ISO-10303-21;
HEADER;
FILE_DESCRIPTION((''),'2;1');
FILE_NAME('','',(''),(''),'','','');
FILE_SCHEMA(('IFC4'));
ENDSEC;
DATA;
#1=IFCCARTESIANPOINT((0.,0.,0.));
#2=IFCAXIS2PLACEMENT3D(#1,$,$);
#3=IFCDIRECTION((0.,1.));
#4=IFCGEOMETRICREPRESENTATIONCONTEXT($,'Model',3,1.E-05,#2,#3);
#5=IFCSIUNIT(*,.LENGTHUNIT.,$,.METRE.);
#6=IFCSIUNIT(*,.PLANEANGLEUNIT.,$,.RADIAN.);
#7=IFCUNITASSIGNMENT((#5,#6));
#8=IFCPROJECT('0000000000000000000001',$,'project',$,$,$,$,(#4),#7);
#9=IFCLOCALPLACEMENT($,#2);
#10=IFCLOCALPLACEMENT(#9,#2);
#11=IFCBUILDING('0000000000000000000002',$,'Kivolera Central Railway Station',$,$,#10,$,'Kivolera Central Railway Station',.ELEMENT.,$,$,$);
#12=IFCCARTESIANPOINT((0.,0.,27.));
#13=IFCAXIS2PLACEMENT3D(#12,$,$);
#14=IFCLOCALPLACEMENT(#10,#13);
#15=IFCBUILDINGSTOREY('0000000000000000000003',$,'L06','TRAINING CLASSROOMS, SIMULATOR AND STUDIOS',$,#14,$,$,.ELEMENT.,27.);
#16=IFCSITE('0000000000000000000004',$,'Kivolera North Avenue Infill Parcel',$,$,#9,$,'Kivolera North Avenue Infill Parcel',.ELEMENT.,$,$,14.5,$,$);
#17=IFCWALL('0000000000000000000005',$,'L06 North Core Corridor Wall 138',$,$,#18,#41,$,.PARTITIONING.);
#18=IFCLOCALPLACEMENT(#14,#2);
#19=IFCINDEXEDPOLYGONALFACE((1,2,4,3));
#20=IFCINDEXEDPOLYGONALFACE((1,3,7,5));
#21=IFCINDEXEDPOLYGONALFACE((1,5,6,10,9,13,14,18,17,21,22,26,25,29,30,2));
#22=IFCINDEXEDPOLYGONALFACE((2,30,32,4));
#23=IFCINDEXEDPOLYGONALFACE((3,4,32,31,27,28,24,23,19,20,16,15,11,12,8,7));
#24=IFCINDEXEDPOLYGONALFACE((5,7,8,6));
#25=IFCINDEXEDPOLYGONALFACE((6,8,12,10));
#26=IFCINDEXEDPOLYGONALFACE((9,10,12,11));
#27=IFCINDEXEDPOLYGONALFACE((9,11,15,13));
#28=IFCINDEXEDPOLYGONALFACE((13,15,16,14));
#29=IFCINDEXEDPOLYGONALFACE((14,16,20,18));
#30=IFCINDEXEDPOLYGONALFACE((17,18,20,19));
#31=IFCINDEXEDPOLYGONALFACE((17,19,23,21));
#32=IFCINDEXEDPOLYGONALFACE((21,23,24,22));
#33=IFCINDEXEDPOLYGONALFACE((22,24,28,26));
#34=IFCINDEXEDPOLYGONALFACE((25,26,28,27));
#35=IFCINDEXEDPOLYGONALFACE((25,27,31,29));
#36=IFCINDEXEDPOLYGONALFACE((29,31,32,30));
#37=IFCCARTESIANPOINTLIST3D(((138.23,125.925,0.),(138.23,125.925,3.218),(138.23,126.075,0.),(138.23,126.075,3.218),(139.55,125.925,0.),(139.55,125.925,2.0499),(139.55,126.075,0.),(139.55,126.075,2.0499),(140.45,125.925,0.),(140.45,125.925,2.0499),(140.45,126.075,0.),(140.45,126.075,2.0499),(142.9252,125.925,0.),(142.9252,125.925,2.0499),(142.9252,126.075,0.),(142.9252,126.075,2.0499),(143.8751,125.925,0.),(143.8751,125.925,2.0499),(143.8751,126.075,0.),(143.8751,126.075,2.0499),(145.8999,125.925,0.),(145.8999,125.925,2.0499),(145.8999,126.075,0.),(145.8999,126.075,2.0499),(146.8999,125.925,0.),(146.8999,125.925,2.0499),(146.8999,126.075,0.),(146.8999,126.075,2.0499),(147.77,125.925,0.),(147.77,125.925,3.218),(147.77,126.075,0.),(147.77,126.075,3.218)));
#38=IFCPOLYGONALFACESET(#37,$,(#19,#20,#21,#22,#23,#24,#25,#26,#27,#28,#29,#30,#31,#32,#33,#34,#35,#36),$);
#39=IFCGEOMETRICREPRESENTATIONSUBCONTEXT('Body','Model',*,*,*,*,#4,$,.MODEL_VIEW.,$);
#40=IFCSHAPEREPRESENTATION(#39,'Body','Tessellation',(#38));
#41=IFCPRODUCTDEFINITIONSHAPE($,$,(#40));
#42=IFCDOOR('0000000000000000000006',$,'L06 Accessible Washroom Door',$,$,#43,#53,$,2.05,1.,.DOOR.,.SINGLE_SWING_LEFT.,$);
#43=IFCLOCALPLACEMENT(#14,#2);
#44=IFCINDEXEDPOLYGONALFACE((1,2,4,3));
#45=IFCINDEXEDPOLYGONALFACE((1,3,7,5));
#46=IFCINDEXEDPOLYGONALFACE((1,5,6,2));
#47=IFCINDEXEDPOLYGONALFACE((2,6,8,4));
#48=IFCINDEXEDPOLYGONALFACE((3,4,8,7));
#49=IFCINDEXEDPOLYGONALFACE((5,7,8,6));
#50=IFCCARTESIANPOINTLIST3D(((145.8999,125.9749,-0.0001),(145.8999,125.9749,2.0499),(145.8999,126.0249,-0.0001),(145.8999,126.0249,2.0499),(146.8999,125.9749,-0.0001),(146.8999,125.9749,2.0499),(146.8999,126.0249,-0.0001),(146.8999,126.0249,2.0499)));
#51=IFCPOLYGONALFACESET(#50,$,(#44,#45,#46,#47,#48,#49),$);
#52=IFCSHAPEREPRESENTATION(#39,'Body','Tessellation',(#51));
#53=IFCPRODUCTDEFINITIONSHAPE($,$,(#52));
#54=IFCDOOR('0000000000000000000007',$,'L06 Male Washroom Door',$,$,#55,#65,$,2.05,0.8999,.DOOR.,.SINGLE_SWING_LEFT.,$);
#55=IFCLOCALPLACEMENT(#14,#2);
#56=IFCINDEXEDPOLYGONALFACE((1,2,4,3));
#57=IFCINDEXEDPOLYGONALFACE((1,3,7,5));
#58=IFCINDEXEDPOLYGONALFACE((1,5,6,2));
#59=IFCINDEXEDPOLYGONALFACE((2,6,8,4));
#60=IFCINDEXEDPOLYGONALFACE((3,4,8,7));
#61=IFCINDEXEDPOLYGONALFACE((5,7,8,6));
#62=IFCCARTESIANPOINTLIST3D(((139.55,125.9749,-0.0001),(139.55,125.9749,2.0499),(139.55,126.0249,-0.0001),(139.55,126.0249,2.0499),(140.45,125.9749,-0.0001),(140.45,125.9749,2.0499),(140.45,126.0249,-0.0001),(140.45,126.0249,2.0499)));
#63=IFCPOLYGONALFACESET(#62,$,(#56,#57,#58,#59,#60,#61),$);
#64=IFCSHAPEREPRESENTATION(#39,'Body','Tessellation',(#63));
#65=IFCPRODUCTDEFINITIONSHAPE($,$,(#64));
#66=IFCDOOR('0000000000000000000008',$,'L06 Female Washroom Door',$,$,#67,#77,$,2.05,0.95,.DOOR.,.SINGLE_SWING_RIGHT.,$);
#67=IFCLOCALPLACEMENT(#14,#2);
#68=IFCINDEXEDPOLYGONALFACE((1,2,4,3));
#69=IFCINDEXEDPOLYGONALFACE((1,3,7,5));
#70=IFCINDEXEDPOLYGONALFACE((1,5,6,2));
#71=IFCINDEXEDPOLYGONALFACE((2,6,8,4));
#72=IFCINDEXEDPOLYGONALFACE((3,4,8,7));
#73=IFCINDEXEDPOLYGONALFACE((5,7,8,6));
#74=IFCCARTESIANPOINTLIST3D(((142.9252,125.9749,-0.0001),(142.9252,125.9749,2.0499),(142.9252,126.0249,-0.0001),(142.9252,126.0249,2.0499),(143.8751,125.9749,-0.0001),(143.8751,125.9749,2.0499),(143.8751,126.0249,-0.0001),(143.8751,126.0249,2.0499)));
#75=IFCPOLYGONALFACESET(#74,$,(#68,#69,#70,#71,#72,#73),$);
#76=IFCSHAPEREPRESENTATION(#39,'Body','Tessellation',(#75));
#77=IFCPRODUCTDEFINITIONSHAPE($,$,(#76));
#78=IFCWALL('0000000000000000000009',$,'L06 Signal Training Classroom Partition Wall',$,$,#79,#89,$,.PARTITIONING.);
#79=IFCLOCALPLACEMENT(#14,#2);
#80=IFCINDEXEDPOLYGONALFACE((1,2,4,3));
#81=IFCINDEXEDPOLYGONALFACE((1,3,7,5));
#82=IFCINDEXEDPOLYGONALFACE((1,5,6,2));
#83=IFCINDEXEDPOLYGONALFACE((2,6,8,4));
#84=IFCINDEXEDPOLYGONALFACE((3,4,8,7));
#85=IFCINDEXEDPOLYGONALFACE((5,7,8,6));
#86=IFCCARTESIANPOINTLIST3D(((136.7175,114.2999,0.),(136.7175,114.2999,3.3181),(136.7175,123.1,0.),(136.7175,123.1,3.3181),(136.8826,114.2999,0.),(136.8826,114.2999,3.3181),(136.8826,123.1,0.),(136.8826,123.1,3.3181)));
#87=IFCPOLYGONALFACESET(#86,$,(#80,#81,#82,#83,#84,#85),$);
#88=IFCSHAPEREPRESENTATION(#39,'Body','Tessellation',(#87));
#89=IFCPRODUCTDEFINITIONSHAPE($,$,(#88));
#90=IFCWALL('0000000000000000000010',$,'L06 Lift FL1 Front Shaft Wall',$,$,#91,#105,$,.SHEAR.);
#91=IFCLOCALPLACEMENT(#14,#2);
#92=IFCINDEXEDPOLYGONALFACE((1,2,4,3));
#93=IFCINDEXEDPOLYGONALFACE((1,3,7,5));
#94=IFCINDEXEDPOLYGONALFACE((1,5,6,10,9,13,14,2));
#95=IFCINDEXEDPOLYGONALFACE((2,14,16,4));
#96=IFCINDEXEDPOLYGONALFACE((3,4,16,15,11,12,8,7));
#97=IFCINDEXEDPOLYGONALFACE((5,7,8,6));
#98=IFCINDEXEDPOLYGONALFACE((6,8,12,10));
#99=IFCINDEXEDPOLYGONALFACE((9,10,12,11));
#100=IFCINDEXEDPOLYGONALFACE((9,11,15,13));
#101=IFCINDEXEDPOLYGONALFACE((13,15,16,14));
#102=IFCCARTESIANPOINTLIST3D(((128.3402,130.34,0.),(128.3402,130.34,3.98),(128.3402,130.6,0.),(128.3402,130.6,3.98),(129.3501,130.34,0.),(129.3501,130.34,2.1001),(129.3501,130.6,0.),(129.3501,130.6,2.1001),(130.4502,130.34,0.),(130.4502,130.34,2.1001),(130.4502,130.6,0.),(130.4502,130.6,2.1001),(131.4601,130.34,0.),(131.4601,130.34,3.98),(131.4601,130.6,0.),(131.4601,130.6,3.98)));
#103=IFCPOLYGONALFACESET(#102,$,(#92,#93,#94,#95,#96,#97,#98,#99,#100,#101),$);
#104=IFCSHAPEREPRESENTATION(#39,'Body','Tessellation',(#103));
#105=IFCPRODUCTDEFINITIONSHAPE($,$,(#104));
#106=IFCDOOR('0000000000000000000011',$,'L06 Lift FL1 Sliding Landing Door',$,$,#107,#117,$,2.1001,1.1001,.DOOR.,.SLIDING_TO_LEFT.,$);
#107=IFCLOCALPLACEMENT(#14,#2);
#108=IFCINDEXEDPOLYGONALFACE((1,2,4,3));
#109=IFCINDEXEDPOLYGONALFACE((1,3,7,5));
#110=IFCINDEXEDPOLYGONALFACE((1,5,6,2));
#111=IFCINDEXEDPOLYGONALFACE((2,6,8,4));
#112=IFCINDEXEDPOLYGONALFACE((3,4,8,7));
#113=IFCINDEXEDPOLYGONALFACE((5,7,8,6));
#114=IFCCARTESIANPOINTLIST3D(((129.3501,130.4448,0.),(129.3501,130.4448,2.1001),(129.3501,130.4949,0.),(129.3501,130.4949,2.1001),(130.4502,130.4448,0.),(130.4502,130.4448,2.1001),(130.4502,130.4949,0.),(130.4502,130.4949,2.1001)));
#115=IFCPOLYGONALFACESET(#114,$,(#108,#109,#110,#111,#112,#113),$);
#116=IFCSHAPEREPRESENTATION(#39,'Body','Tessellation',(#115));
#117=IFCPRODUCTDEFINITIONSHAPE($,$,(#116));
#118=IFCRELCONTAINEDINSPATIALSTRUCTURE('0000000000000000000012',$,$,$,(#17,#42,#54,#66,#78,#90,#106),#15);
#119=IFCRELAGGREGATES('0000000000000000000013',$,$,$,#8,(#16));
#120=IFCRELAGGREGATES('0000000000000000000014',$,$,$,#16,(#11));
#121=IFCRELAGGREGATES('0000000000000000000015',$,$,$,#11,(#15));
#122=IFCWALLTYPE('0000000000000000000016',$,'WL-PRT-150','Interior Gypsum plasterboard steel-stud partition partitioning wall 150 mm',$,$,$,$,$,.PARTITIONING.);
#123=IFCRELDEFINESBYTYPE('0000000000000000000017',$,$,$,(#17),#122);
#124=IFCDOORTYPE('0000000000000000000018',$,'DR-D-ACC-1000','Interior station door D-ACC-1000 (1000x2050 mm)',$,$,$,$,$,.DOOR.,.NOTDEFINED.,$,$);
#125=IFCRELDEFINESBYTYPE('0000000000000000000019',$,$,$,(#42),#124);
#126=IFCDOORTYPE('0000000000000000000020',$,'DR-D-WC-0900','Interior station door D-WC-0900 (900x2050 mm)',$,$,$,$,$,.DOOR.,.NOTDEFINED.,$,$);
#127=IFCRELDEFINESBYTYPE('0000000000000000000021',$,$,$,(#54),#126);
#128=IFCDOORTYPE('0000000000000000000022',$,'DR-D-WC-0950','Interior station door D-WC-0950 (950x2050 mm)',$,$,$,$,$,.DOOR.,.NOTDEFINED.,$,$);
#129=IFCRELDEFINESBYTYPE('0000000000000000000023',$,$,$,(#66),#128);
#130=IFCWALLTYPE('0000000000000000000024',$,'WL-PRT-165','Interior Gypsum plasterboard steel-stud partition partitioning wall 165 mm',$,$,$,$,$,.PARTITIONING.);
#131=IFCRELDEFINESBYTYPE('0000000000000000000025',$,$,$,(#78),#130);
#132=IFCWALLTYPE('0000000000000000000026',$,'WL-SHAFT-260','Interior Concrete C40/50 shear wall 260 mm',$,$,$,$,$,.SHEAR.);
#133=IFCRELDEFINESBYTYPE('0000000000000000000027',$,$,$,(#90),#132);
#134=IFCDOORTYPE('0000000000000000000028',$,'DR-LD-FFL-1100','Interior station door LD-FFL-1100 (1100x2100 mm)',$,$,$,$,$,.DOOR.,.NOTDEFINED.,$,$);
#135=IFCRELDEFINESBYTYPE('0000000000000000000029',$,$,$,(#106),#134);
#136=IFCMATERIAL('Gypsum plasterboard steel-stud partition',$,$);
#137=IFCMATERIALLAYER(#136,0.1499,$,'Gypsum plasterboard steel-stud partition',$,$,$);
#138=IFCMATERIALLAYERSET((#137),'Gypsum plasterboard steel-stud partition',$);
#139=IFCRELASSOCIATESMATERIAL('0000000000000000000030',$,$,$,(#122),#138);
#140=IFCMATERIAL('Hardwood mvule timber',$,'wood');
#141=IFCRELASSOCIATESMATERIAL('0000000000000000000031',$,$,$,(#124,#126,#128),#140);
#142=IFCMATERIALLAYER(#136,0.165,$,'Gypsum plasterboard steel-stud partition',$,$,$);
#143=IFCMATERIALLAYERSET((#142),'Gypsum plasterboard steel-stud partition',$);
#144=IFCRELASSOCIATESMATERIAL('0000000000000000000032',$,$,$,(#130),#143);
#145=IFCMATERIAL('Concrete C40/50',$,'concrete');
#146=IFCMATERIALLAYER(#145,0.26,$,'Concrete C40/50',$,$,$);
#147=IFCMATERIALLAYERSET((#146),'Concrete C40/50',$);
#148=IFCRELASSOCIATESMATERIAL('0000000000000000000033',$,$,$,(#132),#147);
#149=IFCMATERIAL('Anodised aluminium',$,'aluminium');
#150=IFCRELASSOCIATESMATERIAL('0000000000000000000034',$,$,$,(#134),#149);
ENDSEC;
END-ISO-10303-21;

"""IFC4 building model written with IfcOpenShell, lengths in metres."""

from ifc_helpers import new_model, si_unit, direction, frame, frame_2d, origin, place, context, subcontext, project, spatial, rectangle, extrude, material, layer, layer_set, type_object, element, fill, save


model = new_model("IFC4")

# Units and contexts
model_context = context("Model", 3, precision=1e-05, world=origin(), true_north=direction((0.0, 1.0)))
body_context = subcontext(model_context, "Body", "Model", "MODEL_VIEW")
ifc_project = project(units=[si_unit("LENGTHUNIT", "METRE"), si_unit("PLANEANGLEUNIT", "RADIAN")], contexts=[model_context])

# Site, building, storey
site_placement = place(None, origin())
site = spatial("IfcSite", under=ifc_project, at=site_placement, Name="Kivolera North Avenue Infill Parcel", LongName="Kivolera North Avenue Infill Parcel", CompositionType="ELEMENT", RefElevation=14.5)
building_placement = place(site_placement, origin())
building = spatial("IfcBuilding", under=site, at=building_placement, Name="Kivolera Central Railway Station", LongName="Kivolera Central Railway Station", CompositionType="ELEMENT")
storey_placement = place(building_placement, frame((0.0, 0.0, 27.0)))
storey = spatial("IfcBuildingStorey", under=building, at=storey_placement, Name="L06", Description="TRAINING CLASSROOMS, SIMULATOR AND STUDIOS", CompositionType="ELEMENT", Elevation=27.0)

# Shared definitions
ifc_material_1 = material(Name="Concrete C40/50", Category="concrete")

# Shared definitions
ifc_material_2 = material(Name="Anodised aluminium", Category="aluminium")

# Shared definitions
ifc_material_3 = material(Name="Hardwood mvule timber", Category="wood")

# Wall, openings, doors
ifc_material_4 = material(Name="Gypsum plasterboard steel-stud partition")
ifc_layer_1 = layer(ifc_material_4, 0.1499, Name="Gypsum plasterboard steel-stud partition")
ifc_layer_set_1 = layer_set([ifc_layer_1], Name="Gypsum plasterboard steel-stud partition")
wall_type_1 = type_object("IfcWallType", Name="WL-PRT-150", Description="Interior Gypsum plasterboard steel-stud partition partitioning wall 150 mm", PredefinedType="PARTITIONING", material=ifc_layer_set_1)
wall_1_placement = place(storey_placement, frame((138.23, 126.0, 0.0), z_axis=(0.0, 0.0, 1.0), x_axis=(1.0, 0.0, 0.0)))
wall_1 = element("IfcWall", 1, at=wall_1_placement, inside=storey, type_object=wall_type_1, Name="L06 North Core Corridor Wall 138", PredefinedType="PARTITIONING", context=body_context, shape_type="SweptSolid", body=[
    extrude(rectangle(XDim=9.54, YDim=0.1499, at=frame_2d((4.77, 0.0))), origin(), (0.0, 0.0, 1.0), 3.218),
])
opening_1_placement = place(wall_1_placement, frame((1.3201, 0.0, 0.0)))
opening_1 = element("IfcOpeningElement", 2, at=opening_1_placement, cuts=wall_1, PredefinedType="OPENING", context=body_context, shape_type="SweptSolid", body=[
    extrude(rectangle(XDim=0.8999, YDim=2.05, at=frame_2d((0.45, 1.0249))), frame((0.0, 0.085, 0.0), z_axis=(0.0, -1.0, 0.0), x_axis=(1.0, 0.0, 0.0)), (0.0, 0.0, 1.0), 0.1699),
])
opening_2_placement = place(wall_1_placement, frame((4.6951, 0.0, 0.0)))
opening_2 = element("IfcOpeningElement", 3, at=opening_2_placement, cuts=wall_1, PredefinedType="OPENING", context=body_context, shape_type="SweptSolid", body=[
    extrude(rectangle(XDim=0.95, YDim=2.05, at=frame_2d((0.4751, 1.0249))), frame((0.0, 0.085, 0.0), z_axis=(0.0, -1.0, 0.0), x_axis=(1.0, 0.0, 0.0)), (0.0, 0.0, 1.0), 0.1699),
])
opening_3_placement = place(wall_1_placement, frame((7.6699, 0.0, 0.0)))
opening_3 = element("IfcOpeningElement", 4, at=opening_3_placement, cuts=wall_1, PredefinedType="OPENING", context=body_context, shape_type="SweptSolid", body=[
    extrude(rectangle(XDim=1.0, YDim=2.05, at=frame_2d((0.5, 1.0249))), frame((0.0, 0.085, 0.0), z_axis=(0.0, -1.0, 0.0), x_axis=(1.0, 0.0, 0.0)), (0.0, 0.0, 1.0), 0.1699),
])
door_type_1 = type_object("IfcDoorType", Name="DR-D-ACC-1000", Description="Interior station door D-ACC-1000 (1000x2050 mm)", OperationType="NOTDEFINED", PredefinedType="DOOR", material=ifc_material_3)
door_1_placement = place(opening_3_placement, origin())
door_1 = element("IfcDoor", 5, at=door_1_placement, inside=storey, type_object=door_type_1, Name="L06 Accessible Washroom Door", OperationType="SINGLE_SWING_LEFT", OverallHeight=2.05, OverallWidth=1.0, PredefinedType="DOOR", context=body_context, shape_type="SweptSolid", body=[
    extrude(rectangle(XDim=1.0, YDim=2.05, at=frame_2d((0.5, 1.0249))), frame((0.0, 0.0249, 0.0), z_axis=(0.0, -1.0, 0.0), x_axis=(1.0, 0.0, 0.0)), (0.0, 0.0, 1.0), 0.05),
])
fill(opening_3, door_1)
door_type_2 = type_object("IfcDoorType", Name="DR-D-WC-0900", Description="Interior station door D-WC-0900 (900x2050 mm)", OperationType="NOTDEFINED", PredefinedType="DOOR", material=ifc_material_3)
door_2_placement = place(opening_1_placement, origin())
door_2 = element("IfcDoor", 6, at=door_2_placement, inside=storey, type_object=door_type_2, Name="L06 Male Washroom Door", OperationType="SINGLE_SWING_LEFT", OverallHeight=2.05, OverallWidth=0.8999, PredefinedType="DOOR", context=body_context, shape_type="SweptSolid", body=[
    extrude(rectangle(XDim=0.8999, YDim=2.05, at=frame_2d((0.45, 1.0249))), frame((0.0, 0.0249, 0.0), z_axis=(0.0, -1.0, 0.0), x_axis=(1.0, 0.0, 0.0)), (0.0, 0.0, 1.0), 0.05),
])
fill(opening_1, door_2)
door_type_3 = type_object("IfcDoorType", Name="DR-D-WC-0950", Description="Interior station door D-WC-0950 (950x2050 mm)", OperationType="NOTDEFINED", PredefinedType="DOOR", material=ifc_material_3)
door_3_placement = place(opening_2_placement, origin())
door_3 = element("IfcDoor", 7, at=door_3_placement, inside=storey, type_object=door_type_3, Name="L06 Female Washroom Door", OperationType="SINGLE_SWING_RIGHT", OverallHeight=2.05, OverallWidth=0.95, PredefinedType="DOOR", context=body_context, shape_type="SweptSolid", body=[
    extrude(rectangle(XDim=0.95, YDim=2.05, at=frame_2d((0.4751, 1.0249))), frame((0.0, 0.0249, 0.0), z_axis=(0.0, -1.0, 0.0), x_axis=(1.0, 0.0, 0.0)), (0.0, 0.0, 1.0), 0.05),
])
fill(opening_2, door_3)

# Wall
ifc_layer_2 = layer(ifc_material_4, 0.165, Name="Gypsum plasterboard steel-stud partition")
ifc_layer_set_2 = layer_set([ifc_layer_2], Name="Gypsum plasterboard steel-stud partition")
wall_type_2 = type_object("IfcWallType", Name="WL-PRT-165", Description="Interior Gypsum plasterboard steel-stud partition partitioning wall 165 mm", PredefinedType="PARTITIONING", material=ifc_layer_set_2)
wall_2_placement = place(storey_placement, frame((136.8, 114.3, 0.0), z_axis=(0.0, 0.0, 1.0), x_axis=(0.0, 1.0, 0.0)))
element("IfcWall", 8, at=wall_2_placement, inside=storey, type_object=wall_type_2, Name="L06 Signal Training Classroom Partition Wall", PredefinedType="PARTITIONING", context=body_context, shape_type="SweptSolid", body=[
    extrude(rectangle(XDim=8.8, YDim=0.165, at=frame_2d((4.3999, 0.0))), origin(), (0.0, 0.0, 1.0), 3.3181),
])

# Wall, opening, door
ifc_layer_3 = layer(ifc_material_1, 0.26, Name="Concrete C40/50")
ifc_layer_set_3 = layer_set([ifc_layer_3], Name="Concrete C40/50")
wall_type_3 = type_object("IfcWallType", Name="WL-SHAFT-260", Description="Interior Concrete C40/50 shear wall 260 mm", PredefinedType="SHEAR", material=ifc_layer_set_3)
wall_3_placement = place(storey_placement, frame((128.3401, 130.47, 0.0), z_axis=(0.0, 0.0, 1.0), x_axis=(1.0, 0.0, 0.0)))
wall_3 = element("IfcWall", 9, at=wall_3_placement, inside=storey, type_object=wall_type_3, Name="L06 Lift FL1 Front Shaft Wall", PredefinedType="SHEAR", context=body_context, shape_type="SweptSolid", body=[
    extrude(rectangle(XDim=3.1199, YDim=0.26, at=frame_2d((1.5601, 0.0))), origin(), (0.0, 0.0, 1.0), 3.98),
])
opening_4_placement = place(wall_3_placement, frame((1.01, 0.0, 0.0)))
opening_4 = element("IfcOpeningElement", 10, at=opening_4_placement, cuts=wall_3, PredefinedType="OPENING", context=body_context, shape_type="SweptSolid", body=[
    extrude(rectangle(XDim=1.1001, YDim=2.1001, at=frame_2d((0.55, 1.05))), frame((0.0, 0.1399, 0.0), z_axis=(0.0, -1.0, 0.0), x_axis=(1.0, 0.0, 0.0)), (0.0, 0.0, 1.0), 0.28),
])
door_type_4 = type_object("IfcDoorType", Name="DR-LD-FFL-1100", Description="Interior station door LD-FFL-1100 (1100x2100 mm)", OperationType="NOTDEFINED", PredefinedType="DOOR", material=ifc_material_2)
door_4_placement = place(opening_4_placement, origin())
door_4 = element("IfcDoor", 11, at=door_4_placement, inside=storey, type_object=door_type_4, Name="L06 Lift FL1 Sliding Landing Door", OperationType="SLIDING_TO_LEFT", OverallHeight=2.1001, OverallWidth=1.1001, PredefinedType="DOOR", context=body_context, shape_type="SweptSolid", body=[
    extrude(rectangle(XDim=1.1001, YDim=2.1001, at=frame_2d((0.55, 1.05))), frame((0.0, 0.0249, 0.0), z_axis=(0.0, -1.0, 0.0), x_axis=(1.0, 0.0, 0.0)), (0.0, 0.0, 1.0), 0.05),
])
fill(opening_4, door_4)

save(model, "model.ifc")
